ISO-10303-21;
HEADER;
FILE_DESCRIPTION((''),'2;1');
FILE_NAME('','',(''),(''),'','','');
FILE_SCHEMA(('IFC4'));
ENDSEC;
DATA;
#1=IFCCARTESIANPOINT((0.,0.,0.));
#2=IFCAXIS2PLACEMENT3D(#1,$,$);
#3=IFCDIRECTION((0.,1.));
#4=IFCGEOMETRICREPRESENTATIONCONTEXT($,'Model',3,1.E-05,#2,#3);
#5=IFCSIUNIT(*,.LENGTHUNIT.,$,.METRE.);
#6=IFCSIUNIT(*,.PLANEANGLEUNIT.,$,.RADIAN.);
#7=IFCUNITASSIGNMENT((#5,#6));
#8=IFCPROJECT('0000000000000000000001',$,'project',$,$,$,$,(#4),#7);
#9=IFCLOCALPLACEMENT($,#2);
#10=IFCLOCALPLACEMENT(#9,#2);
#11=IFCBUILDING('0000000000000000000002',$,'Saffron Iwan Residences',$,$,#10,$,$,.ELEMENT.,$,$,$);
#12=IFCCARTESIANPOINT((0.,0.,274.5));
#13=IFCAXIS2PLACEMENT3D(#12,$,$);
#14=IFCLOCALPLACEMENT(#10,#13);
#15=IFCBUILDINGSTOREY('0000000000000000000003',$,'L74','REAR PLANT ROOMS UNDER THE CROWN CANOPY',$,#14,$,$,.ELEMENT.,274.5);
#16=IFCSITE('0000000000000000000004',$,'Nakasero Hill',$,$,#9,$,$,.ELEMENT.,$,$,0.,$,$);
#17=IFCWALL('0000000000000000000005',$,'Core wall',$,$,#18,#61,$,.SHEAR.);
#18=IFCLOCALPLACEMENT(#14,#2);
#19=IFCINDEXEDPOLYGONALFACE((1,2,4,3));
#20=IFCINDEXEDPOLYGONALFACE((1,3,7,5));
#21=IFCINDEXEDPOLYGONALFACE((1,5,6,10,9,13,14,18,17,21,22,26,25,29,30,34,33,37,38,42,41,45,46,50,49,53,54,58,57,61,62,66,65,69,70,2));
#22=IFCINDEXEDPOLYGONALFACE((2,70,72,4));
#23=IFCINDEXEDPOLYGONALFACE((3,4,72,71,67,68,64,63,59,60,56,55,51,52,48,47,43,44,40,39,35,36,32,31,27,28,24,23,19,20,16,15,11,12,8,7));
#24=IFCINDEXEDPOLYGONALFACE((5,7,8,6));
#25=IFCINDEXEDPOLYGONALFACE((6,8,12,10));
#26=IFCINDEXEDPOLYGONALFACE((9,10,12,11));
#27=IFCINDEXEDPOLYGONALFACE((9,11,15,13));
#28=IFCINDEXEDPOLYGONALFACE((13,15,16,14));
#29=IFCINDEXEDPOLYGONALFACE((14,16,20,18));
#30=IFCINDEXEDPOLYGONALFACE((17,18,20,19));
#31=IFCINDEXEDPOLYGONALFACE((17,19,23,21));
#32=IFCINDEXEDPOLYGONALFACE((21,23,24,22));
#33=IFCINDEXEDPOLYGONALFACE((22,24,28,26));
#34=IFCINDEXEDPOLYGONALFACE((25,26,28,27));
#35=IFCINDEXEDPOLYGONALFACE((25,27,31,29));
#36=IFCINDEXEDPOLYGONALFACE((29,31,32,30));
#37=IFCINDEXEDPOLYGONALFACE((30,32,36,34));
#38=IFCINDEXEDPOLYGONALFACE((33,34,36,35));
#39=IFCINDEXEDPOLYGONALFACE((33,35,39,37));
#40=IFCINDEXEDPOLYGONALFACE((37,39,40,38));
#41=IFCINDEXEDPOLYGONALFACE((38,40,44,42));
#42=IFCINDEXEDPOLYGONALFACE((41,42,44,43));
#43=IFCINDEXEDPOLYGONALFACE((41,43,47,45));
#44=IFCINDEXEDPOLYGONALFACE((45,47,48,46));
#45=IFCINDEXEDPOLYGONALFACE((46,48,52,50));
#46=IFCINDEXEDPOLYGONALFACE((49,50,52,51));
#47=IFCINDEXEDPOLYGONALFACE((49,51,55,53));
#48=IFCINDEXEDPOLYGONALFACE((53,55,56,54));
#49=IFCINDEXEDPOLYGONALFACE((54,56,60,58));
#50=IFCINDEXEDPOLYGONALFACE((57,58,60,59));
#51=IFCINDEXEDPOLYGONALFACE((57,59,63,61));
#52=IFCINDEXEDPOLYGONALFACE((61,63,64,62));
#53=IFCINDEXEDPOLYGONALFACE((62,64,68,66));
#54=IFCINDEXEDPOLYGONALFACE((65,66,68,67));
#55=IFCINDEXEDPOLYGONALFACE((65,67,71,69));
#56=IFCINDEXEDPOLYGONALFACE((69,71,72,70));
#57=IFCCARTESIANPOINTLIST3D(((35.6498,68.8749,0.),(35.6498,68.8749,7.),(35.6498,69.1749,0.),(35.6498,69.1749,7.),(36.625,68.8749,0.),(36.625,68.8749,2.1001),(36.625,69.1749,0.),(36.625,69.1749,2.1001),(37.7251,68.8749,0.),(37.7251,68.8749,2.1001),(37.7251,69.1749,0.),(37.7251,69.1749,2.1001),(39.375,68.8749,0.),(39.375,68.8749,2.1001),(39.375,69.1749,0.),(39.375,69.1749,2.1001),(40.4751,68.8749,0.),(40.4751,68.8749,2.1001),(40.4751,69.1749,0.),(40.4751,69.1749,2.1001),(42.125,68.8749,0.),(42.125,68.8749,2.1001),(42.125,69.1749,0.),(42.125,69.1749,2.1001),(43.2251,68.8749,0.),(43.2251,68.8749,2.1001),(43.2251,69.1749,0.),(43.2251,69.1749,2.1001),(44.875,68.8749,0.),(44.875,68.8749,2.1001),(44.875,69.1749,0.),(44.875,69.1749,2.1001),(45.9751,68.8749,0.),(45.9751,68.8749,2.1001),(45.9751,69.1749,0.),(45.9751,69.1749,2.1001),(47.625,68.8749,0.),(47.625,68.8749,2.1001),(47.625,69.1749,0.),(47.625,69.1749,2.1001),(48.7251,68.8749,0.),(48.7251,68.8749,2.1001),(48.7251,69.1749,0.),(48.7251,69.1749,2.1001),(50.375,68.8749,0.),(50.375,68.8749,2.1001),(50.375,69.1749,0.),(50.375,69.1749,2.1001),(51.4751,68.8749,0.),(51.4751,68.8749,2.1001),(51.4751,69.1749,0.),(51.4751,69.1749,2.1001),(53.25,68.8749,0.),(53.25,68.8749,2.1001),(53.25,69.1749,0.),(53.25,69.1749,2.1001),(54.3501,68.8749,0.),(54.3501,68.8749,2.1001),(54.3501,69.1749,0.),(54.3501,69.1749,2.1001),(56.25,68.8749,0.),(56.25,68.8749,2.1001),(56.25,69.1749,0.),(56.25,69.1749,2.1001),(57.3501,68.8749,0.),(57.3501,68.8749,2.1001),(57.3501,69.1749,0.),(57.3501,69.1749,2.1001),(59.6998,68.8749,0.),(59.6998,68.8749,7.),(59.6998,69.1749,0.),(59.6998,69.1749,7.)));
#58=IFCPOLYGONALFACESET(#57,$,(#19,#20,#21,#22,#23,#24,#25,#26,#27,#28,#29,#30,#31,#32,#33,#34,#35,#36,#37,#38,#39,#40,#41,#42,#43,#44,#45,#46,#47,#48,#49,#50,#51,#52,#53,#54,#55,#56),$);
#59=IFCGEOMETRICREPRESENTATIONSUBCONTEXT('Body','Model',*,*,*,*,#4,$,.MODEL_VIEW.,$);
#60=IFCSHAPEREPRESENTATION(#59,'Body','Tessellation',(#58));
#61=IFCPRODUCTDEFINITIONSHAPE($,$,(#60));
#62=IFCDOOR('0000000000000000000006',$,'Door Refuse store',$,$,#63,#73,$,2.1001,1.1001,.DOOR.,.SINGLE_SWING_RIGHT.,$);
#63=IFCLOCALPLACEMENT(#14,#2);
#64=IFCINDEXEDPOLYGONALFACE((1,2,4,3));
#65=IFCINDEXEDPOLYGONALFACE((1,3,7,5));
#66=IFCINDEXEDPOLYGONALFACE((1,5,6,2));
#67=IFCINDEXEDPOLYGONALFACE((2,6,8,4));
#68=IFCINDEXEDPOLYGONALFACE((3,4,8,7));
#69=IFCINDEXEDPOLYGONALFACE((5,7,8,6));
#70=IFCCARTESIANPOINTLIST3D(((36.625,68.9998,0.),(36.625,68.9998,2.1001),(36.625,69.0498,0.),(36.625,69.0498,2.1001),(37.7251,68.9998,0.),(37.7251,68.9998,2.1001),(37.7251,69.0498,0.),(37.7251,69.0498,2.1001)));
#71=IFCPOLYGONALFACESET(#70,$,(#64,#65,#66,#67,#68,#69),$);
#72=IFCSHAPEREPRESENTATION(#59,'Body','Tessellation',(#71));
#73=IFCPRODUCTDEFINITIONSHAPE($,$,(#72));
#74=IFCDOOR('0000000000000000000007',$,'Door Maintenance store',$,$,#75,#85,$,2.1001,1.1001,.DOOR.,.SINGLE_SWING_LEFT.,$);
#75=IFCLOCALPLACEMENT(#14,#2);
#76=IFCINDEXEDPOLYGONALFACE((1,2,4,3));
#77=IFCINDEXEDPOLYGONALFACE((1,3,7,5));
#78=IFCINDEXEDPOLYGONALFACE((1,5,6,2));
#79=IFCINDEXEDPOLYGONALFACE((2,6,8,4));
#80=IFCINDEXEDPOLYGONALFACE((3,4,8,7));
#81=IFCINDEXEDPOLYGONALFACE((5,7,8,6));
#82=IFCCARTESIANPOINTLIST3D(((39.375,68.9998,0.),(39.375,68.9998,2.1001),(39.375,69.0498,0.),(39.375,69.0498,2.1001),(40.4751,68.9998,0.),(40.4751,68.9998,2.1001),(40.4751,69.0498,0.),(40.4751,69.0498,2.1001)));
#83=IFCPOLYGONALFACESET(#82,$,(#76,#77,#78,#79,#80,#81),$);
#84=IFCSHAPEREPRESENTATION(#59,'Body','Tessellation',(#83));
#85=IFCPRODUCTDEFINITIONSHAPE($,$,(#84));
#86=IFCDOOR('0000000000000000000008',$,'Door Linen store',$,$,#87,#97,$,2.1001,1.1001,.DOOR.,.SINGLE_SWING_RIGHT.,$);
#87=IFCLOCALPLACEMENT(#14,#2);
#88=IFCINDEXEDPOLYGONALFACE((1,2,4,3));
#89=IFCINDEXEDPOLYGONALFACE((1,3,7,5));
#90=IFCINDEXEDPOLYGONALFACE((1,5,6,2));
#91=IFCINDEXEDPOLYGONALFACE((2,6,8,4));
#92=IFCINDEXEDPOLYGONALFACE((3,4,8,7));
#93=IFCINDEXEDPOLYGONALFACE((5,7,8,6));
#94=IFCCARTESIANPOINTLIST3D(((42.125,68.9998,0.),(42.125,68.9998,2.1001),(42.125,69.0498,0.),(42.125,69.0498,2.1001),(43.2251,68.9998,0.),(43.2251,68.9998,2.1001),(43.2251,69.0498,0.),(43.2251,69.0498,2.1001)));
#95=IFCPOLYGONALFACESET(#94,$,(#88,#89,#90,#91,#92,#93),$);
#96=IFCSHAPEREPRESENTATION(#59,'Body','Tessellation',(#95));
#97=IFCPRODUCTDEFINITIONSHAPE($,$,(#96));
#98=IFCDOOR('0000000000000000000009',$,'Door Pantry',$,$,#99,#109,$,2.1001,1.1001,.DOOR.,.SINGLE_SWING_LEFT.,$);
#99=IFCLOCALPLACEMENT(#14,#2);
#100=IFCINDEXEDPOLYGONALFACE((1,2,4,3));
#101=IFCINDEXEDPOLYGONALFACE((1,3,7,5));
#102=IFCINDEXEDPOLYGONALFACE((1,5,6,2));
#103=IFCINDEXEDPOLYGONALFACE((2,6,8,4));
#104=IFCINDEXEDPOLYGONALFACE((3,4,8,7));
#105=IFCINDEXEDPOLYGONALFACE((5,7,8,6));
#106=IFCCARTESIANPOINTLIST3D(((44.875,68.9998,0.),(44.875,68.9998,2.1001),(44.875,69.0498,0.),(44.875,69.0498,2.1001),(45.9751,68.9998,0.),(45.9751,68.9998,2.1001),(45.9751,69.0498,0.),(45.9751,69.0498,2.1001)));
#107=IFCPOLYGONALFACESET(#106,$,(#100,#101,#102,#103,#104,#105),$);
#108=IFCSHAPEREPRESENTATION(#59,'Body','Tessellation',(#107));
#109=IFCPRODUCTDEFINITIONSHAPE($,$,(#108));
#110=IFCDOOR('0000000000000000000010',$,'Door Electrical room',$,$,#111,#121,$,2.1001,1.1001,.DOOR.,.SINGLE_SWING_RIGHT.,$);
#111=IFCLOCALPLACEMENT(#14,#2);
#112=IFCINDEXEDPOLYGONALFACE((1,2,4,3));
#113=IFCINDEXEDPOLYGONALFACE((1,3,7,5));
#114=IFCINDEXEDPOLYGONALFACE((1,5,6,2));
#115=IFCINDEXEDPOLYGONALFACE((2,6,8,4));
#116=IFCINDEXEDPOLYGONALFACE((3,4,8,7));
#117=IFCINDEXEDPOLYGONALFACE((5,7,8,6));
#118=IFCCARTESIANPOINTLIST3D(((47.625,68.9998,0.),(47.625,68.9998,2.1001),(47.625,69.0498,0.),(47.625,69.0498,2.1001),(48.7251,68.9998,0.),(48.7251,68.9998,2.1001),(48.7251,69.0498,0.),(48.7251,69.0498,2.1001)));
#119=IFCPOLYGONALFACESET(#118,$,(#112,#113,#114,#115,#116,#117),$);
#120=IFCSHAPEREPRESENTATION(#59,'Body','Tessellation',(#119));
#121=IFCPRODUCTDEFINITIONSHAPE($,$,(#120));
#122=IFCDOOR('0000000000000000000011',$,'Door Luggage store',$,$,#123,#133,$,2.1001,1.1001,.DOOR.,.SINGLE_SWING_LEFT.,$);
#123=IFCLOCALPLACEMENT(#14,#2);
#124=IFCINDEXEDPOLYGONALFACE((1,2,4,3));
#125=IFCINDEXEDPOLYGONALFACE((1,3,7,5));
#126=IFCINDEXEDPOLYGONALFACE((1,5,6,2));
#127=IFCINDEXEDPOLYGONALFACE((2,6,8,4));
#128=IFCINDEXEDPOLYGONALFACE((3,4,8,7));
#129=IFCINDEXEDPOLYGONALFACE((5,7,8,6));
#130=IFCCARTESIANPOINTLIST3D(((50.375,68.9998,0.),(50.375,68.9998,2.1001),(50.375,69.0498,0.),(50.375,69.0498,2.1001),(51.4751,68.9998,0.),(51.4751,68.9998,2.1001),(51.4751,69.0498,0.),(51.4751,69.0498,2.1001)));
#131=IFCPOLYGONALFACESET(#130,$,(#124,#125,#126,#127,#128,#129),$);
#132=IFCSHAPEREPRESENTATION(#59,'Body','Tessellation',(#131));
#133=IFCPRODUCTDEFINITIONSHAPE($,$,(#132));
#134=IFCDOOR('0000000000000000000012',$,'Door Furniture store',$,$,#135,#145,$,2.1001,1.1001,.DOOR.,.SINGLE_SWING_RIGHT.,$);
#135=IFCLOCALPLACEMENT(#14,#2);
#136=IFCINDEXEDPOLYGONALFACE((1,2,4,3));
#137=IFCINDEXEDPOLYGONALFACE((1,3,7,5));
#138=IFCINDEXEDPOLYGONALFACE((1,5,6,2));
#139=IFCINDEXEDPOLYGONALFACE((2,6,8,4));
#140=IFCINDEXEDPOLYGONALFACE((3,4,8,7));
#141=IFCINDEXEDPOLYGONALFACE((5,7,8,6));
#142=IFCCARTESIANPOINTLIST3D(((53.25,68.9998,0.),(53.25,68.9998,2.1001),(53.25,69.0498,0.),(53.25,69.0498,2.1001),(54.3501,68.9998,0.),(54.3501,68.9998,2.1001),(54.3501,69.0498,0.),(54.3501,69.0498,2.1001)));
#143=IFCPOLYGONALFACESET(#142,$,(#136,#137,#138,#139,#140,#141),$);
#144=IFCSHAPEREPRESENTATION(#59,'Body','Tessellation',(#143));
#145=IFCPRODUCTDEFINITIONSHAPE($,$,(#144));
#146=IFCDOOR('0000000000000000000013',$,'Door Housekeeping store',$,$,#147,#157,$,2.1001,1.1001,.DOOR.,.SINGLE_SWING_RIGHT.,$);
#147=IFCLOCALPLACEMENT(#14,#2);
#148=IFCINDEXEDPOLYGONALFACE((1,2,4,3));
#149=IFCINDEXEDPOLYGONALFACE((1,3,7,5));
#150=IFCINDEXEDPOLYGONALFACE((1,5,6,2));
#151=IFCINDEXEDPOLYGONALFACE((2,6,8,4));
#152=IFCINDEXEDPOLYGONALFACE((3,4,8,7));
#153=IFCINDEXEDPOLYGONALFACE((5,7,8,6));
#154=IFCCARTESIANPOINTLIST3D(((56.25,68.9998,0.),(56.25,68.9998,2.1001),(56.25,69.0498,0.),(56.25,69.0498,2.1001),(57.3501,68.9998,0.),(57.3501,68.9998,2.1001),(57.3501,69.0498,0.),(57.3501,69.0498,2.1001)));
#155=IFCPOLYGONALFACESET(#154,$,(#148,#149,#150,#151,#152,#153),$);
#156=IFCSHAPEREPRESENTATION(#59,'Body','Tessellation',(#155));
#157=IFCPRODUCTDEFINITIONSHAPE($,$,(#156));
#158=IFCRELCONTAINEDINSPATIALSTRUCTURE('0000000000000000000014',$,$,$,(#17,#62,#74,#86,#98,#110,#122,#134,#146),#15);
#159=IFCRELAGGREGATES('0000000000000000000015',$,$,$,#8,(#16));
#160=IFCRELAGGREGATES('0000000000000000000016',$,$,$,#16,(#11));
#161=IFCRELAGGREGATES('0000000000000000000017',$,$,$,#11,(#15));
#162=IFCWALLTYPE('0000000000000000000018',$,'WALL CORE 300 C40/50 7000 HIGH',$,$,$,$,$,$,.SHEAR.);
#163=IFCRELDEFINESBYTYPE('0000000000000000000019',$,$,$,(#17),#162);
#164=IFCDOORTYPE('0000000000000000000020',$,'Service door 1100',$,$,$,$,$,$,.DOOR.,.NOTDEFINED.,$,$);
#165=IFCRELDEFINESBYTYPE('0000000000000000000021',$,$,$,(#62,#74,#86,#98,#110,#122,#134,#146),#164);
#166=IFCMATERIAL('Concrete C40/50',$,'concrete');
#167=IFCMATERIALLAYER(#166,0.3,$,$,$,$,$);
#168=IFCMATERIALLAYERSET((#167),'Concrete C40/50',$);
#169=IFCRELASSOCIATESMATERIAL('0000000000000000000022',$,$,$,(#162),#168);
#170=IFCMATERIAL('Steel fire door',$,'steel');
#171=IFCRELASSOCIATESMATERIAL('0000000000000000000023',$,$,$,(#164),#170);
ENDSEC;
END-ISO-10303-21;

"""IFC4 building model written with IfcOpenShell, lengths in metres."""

from ifc_helpers import new_model, si_unit, direction, frame, frame_2d, origin, place, context, subcontext, project, spatial, rectangle, extrude, material, layer, layer_set, type_object, element, fill, save


model = new_model("IFC4")

# Units and contexts
model_context = context("Model", 3, precision=1e-05, world=origin(), true_north=direction((0.0, 1.0)))
body_context = subcontext(model_context, "Body", "Model", "MODEL_VIEW")
ifc_project = project(units=[si_unit("LENGTHUNIT", "METRE"), si_unit("PLANEANGLEUNIT", "RADIAN")], contexts=[model_context])

# Site, building, storey
site_placement = place(None, origin())
site = spatial("IfcSite", under=ifc_project, at=site_placement, Name="Nakasero Hill", CompositionType="ELEMENT", RefElevation=0.0)
building_placement = place(site_placement, origin())
building = spatial("IfcBuilding", under=site, at=building_placement, Name="Saffron Iwan Residences", CompositionType="ELEMENT")
storey_placement = place(building_placement, frame((0.0, 0.0, 274.5)))
storey = spatial("IfcBuildingStorey", under=building, at=storey_placement, Name="L74", Description="REAR PLANT ROOMS UNDER THE CROWN CANOPY", CompositionType="ELEMENT", Elevation=274.5)

# Shared definitions
ifc_material_1 = material(Name="Concrete C40/50", Category="concrete")

# Wall, openings, doors
ifc_layer_1 = layer(ifc_material_1, 0.3)
ifc_layer_set_1 = layer_set([ifc_layer_1], Name="Concrete C40/50")
wall_type_1 = type_object("IfcWallType", Name="WALL CORE 300 C40/50 7000 HIGH", PredefinedType="SHEAR", material=ifc_layer_set_1)
wall_1_placement = place(storey_placement, frame((35.6499, 69.0249, 0.0), z_axis=(0.0, 0.0, 1.0), x_axis=(1.0, 0.0, 0.0)))
wall_1 = element("IfcWall", 1, at=wall_1_placement, inside=storey, type_object=wall_type_1, Name="Core wall", PredefinedType="SHEAR", context=body_context, shape_type="SweptSolid", body=[
    extrude(rectangle(XDim=24.05, YDim=0.3, at=frame_2d((12.0249, 0.0))), origin(), (0.0, 0.0, 1.0), 7.0),
])
opening_1_placement = place(wall_1_placement, frame((0.9751, 0.0, 0.0)))
opening_1 = element("IfcOpeningElement", 2, at=opening_1_placement, cuts=wall_1, PredefinedType="OPENING", context=body_context, shape_type="SweptSolid", body=[
    extrude(rectangle(XDim=1.1001, YDim=2.1001, at=frame_2d((0.55, 1.05))), frame((0.0, 0.1602, 0.0), z_axis=(0.0, -1.0, 0.0), x_axis=(1.0, 0.0, 0.0)), (0.0, 0.0, 1.0), 0.3201),
])
opening_2_placement = place(wall_1_placement, frame((3.7251, 0.0, 0.0)))
opening_2 = element("IfcOpeningElement", 3, at=opening_2_placement, cuts=wall_1, PredefinedType="OPENING", context=body_context, shape_type="SweptSolid", body=[
    extrude(rectangle(XDim=1.1001, YDim=2.1001, at=frame_2d((0.55, 1.05))), frame((0.0, 0.1602, 0.0), z_axis=(0.0, -1.0, 0.0), x_axis=(1.0, 0.0, 0.0)), (0.0, 0.0, 1.0), 0.3201),
])
opening_3_placement = place(wall_1_placement, frame((6.4751, 0.0, 0.0)))
opening_3 = element("IfcOpeningElement", 4, at=opening_3_placement, cuts=wall_1, PredefinedType="OPENING", context=body_context, shape_type="SweptSolid", body=[
    extrude(rectangle(XDim=1.1001, YDim=2.1001, at=frame_2d((0.55, 1.05))), frame((0.0, 0.1602, 0.0), z_axis=(0.0, -1.0, 0.0), x_axis=(1.0, 0.0, 0.0)), (0.0, 0.0, 1.0), 0.3201),
])
opening_4_placement = place(wall_1_placement, frame((9.2251, 0.0, 0.0)))
opening_4 = element("IfcOpeningElement", 5, at=opening_4_placement, cuts=wall_1, PredefinedType="OPENING", context=body_context, shape_type="SweptSolid", body=[
    extrude(rectangle(XDim=1.1001, YDim=2.1001, at=frame_2d((0.55, 1.05))), frame((0.0, 0.1602, 0.0), z_axis=(0.0, -1.0, 0.0), x_axis=(1.0, 0.0, 0.0)), (0.0, 0.0, 1.0), 0.3201),
])
opening_5_placement = place(wall_1_placement, frame((11.9751, 0.0, 0.0)))
opening_5 = element("IfcOpeningElement", 6, at=opening_5_placement, cuts=wall_1, PredefinedType="OPENING", context=body_context, shape_type="SweptSolid", body=[
    extrude(rectangle(XDim=1.1001, YDim=2.1001, at=frame_2d((0.55, 1.05))), frame((0.0, 0.1602, 0.0), z_axis=(0.0, -1.0, 0.0), x_axis=(1.0, 0.0, 0.0)), (0.0, 0.0, 1.0), 0.3201),
])
opening_6_placement = place(wall_1_placement, frame((14.7251, 0.0, 0.0)))
opening_6 = element("IfcOpeningElement", 7, at=opening_6_placement, cuts=wall_1, PredefinedType="OPENING", context=body_context, shape_type="SweptSolid", body=[
    extrude(rectangle(XDim=1.1001, YDim=2.1001, at=frame_2d((0.55, 1.05))), frame((0.0, 0.1602, 0.0), z_axis=(0.0, -1.0, 0.0), x_axis=(1.0, 0.0, 0.0)), (0.0, 0.0, 1.0), 0.3201),
])
opening_7_placement = place(wall_1_placement, frame((17.6001, 0.0, 0.0)))
opening_7 = element("IfcOpeningElement", 8, at=opening_7_placement, cuts=wall_1, PredefinedType="OPENING", context=body_context, shape_type="SweptSolid", body=[
    extrude(rectangle(XDim=1.1001, YDim=2.1001, at=frame_2d((0.55, 1.05))), frame((0.0, 0.1602, 0.0), z_axis=(0.0, -1.0, 0.0), x_axis=(1.0, 0.0, 0.0)), (0.0, 0.0, 1.0), 0.3201),
])
opening_8_placement = place(wall_1_placement, frame((20.6001, 0.0, 0.0)))
opening_8 = element("IfcOpeningElement", 9, at=opening_8_placement, cuts=wall_1, PredefinedType="OPENING", context=body_context, shape_type="SweptSolid", body=[
    extrude(rectangle(XDim=1.1001, YDim=2.1001, at=frame_2d((0.55, 1.05))), frame((0.0, 0.1602, 0.0), z_axis=(0.0, -1.0, 0.0), x_axis=(1.0, 0.0, 0.0)), (0.0, 0.0, 1.0), 0.3201),
])
ifc_material_2 = material(Name="Steel fire door", Category="steel")
door_type_1 = type_object("IfcDoorType", Name="Service door 1100", OperationType="NOTDEFINED", PredefinedType="DOOR", material=ifc_material_2)
door_1_placement = place(opening_1_placement, origin())
door_1 = element("IfcDoor", 10, at=door_1_placement, inside=storey, type_object=door_type_1, Name="Door Refuse store", OperationType="SINGLE_SWING_RIGHT", OverallHeight=2.1001, OverallWidth=1.1001, PredefinedType="DOOR", context=body_context, shape_type="SweptSolid", body=[
    extrude(rectangle(XDim=1.1001, YDim=2.1001, at=frame_2d((0.55, 1.05))), frame((0.0, 0.0249, 0.0), z_axis=(0.0, -1.0, 0.0), x_axis=(1.0, 0.0, 0.0)), (0.0, 0.0, 1.0), 0.05),
])
fill(opening_1, door_1)
door_2_placement = place(opening_2_placement, origin())
door_2 = element("IfcDoor", 11, at=door_2_placement, inside=storey, type_object=door_type_1, Name="Door Maintenance store", OperationType="SINGLE_SWING_LEFT", OverallHeight=2.1001, OverallWidth=1.1001, PredefinedType="DOOR", context=body_context, shape_type="SweptSolid", body=[
    extrude(rectangle(XDim=1.1001, YDim=2.1001, at=frame_2d((0.55, 1.05))), frame((0.0, 0.0249, 0.0), z_axis=(0.0, -1.0, 0.0), x_axis=(1.0, 0.0, 0.0)), (0.0, 0.0, 1.0), 0.05),
])
fill(opening_2, door_2)
door_3_placement = place(opening_3_placement, origin())
door_3 = element("IfcDoor", 12, at=door_3_placement, inside=storey, type_object=door_type_1, Name="Door Linen store", OperationType="SINGLE_SWING_RIGHT", OverallHeight=2.1001, OverallWidth=1.1001, PredefinedType="DOOR", context=body_context, shape_type="SweptSolid", body=[
    extrude(rectangle(XDim=1.1001, YDim=2.1001, at=frame_2d((0.55, 1.05))), frame((0.0, 0.0249, 0.0), z_axis=(0.0, -1.0, 0.0), x_axis=(1.0, 0.0, 0.0)), (0.0, 0.0, 1.0), 0.05),
])
fill(opening_3, door_3)
door_4_placement = place(opening_4_placement, origin())
door_4 = element("IfcDoor", 13, at=door_4_placement, inside=storey, type_object=door_type_1, Name="Door Pantry", OperationType="SINGLE_SWING_LEFT", OverallHeight=2.1001, OverallWidth=1.1001, PredefinedType="DOOR", context=body_context, shape_type="SweptSolid", body=[
    extrude(rectangle(XDim=1.1001, YDim=2.1001, at=frame_2d((0.55, 1.05))), frame((0.0, 0.0249, 0.0), z_axis=(0.0, -1.0, 0.0), x_axis=(1.0, 0.0, 0.0)), (0.0, 0.0, 1.0), 0.05),
])
fill(opening_4, door_4)
door_5_placement = place(opening_5_placement, origin())
door_5 = element("IfcDoor", 14, at=door_5_placement, inside=storey, type_object=door_type_1, Name="Door Electrical room", OperationType="SINGLE_SWING_RIGHT", OverallHeight=2.1001, OverallWidth=1.1001, PredefinedType="DOOR", context=body_context, shape_type="SweptSolid", body=[
    extrude(rectangle(XDim=1.1001, YDim=2.1001, at=frame_2d((0.55, 1.05))), frame((0.0, 0.0249, 0.0), z_axis=(0.0, -1.0, 0.0), x_axis=(1.0, 0.0, 0.0)), (0.0, 0.0, 1.0), 0.05),
])
fill(opening_5, door_5)
door_6_placement = place(opening_6_placement, origin())
door_6 = element("IfcDoor", 15, at=door_6_placement, inside=storey, type_object=door_type_1, Name="Door Luggage store", OperationType="SINGLE_SWING_LEFT", OverallHeight=2.1001, OverallWidth=1.1001, PredefinedType="DOOR", context=body_context, shape_type="SweptSolid", body=[
    extrude(rectangle(XDim=1.1001, YDim=2.1001, at=frame_2d((0.55, 1.05))), frame((0.0, 0.0249, 0.0), z_axis=(0.0, -1.0, 0.0), x_axis=(1.0, 0.0, 0.0)), (0.0, 0.0, 1.0), 0.05),
])
fill(opening_6, door_6)
door_7_placement = place(opening_7_placement, origin())
door_7 = element("IfcDoor", 16, at=door_7_placement, inside=storey, type_object=door_type_1, Name="Door Furniture store", OperationType="SINGLE_SWING_RIGHT", OverallHeight=2.1001, OverallWidth=1.1001, PredefinedType="DOOR", context=body_context, shape_type="SweptSolid", body=[
    extrude(rectangle(XDim=1.1001, YDim=2.1001, at=frame_2d((0.55, 1.05))), frame((0.0, 0.0249, 0.0), z_axis=(0.0, -1.0, 0.0), x_axis=(1.0, 0.0, 0.0)), (0.0, 0.0, 1.0), 0.05),
])
fill(opening_7, door_7)
door_8_placement = place(opening_8_placement, origin())
door_8 = element("IfcDoor", 17, at=door_8_placement, inside=storey, type_object=door_type_1, Name="Door Housekeeping store", OperationType="SINGLE_SWING_RIGHT", OverallHeight=2.1001, OverallWidth=1.1001, PredefinedType="DOOR", context=body_context, shape_type="SweptSolid", body=[
    extrude(rectangle(XDim=1.1001, YDim=2.1001, at=frame_2d((0.55, 1.05))), frame((0.0, 0.0249, 0.0), z_axis=(0.0, -1.0, 0.0), x_axis=(1.0, 0.0, 0.0)), (0.0, 0.0, 1.0), 0.05),
])
fill(opening_8, door_8)

save(model, "model.ifc")
